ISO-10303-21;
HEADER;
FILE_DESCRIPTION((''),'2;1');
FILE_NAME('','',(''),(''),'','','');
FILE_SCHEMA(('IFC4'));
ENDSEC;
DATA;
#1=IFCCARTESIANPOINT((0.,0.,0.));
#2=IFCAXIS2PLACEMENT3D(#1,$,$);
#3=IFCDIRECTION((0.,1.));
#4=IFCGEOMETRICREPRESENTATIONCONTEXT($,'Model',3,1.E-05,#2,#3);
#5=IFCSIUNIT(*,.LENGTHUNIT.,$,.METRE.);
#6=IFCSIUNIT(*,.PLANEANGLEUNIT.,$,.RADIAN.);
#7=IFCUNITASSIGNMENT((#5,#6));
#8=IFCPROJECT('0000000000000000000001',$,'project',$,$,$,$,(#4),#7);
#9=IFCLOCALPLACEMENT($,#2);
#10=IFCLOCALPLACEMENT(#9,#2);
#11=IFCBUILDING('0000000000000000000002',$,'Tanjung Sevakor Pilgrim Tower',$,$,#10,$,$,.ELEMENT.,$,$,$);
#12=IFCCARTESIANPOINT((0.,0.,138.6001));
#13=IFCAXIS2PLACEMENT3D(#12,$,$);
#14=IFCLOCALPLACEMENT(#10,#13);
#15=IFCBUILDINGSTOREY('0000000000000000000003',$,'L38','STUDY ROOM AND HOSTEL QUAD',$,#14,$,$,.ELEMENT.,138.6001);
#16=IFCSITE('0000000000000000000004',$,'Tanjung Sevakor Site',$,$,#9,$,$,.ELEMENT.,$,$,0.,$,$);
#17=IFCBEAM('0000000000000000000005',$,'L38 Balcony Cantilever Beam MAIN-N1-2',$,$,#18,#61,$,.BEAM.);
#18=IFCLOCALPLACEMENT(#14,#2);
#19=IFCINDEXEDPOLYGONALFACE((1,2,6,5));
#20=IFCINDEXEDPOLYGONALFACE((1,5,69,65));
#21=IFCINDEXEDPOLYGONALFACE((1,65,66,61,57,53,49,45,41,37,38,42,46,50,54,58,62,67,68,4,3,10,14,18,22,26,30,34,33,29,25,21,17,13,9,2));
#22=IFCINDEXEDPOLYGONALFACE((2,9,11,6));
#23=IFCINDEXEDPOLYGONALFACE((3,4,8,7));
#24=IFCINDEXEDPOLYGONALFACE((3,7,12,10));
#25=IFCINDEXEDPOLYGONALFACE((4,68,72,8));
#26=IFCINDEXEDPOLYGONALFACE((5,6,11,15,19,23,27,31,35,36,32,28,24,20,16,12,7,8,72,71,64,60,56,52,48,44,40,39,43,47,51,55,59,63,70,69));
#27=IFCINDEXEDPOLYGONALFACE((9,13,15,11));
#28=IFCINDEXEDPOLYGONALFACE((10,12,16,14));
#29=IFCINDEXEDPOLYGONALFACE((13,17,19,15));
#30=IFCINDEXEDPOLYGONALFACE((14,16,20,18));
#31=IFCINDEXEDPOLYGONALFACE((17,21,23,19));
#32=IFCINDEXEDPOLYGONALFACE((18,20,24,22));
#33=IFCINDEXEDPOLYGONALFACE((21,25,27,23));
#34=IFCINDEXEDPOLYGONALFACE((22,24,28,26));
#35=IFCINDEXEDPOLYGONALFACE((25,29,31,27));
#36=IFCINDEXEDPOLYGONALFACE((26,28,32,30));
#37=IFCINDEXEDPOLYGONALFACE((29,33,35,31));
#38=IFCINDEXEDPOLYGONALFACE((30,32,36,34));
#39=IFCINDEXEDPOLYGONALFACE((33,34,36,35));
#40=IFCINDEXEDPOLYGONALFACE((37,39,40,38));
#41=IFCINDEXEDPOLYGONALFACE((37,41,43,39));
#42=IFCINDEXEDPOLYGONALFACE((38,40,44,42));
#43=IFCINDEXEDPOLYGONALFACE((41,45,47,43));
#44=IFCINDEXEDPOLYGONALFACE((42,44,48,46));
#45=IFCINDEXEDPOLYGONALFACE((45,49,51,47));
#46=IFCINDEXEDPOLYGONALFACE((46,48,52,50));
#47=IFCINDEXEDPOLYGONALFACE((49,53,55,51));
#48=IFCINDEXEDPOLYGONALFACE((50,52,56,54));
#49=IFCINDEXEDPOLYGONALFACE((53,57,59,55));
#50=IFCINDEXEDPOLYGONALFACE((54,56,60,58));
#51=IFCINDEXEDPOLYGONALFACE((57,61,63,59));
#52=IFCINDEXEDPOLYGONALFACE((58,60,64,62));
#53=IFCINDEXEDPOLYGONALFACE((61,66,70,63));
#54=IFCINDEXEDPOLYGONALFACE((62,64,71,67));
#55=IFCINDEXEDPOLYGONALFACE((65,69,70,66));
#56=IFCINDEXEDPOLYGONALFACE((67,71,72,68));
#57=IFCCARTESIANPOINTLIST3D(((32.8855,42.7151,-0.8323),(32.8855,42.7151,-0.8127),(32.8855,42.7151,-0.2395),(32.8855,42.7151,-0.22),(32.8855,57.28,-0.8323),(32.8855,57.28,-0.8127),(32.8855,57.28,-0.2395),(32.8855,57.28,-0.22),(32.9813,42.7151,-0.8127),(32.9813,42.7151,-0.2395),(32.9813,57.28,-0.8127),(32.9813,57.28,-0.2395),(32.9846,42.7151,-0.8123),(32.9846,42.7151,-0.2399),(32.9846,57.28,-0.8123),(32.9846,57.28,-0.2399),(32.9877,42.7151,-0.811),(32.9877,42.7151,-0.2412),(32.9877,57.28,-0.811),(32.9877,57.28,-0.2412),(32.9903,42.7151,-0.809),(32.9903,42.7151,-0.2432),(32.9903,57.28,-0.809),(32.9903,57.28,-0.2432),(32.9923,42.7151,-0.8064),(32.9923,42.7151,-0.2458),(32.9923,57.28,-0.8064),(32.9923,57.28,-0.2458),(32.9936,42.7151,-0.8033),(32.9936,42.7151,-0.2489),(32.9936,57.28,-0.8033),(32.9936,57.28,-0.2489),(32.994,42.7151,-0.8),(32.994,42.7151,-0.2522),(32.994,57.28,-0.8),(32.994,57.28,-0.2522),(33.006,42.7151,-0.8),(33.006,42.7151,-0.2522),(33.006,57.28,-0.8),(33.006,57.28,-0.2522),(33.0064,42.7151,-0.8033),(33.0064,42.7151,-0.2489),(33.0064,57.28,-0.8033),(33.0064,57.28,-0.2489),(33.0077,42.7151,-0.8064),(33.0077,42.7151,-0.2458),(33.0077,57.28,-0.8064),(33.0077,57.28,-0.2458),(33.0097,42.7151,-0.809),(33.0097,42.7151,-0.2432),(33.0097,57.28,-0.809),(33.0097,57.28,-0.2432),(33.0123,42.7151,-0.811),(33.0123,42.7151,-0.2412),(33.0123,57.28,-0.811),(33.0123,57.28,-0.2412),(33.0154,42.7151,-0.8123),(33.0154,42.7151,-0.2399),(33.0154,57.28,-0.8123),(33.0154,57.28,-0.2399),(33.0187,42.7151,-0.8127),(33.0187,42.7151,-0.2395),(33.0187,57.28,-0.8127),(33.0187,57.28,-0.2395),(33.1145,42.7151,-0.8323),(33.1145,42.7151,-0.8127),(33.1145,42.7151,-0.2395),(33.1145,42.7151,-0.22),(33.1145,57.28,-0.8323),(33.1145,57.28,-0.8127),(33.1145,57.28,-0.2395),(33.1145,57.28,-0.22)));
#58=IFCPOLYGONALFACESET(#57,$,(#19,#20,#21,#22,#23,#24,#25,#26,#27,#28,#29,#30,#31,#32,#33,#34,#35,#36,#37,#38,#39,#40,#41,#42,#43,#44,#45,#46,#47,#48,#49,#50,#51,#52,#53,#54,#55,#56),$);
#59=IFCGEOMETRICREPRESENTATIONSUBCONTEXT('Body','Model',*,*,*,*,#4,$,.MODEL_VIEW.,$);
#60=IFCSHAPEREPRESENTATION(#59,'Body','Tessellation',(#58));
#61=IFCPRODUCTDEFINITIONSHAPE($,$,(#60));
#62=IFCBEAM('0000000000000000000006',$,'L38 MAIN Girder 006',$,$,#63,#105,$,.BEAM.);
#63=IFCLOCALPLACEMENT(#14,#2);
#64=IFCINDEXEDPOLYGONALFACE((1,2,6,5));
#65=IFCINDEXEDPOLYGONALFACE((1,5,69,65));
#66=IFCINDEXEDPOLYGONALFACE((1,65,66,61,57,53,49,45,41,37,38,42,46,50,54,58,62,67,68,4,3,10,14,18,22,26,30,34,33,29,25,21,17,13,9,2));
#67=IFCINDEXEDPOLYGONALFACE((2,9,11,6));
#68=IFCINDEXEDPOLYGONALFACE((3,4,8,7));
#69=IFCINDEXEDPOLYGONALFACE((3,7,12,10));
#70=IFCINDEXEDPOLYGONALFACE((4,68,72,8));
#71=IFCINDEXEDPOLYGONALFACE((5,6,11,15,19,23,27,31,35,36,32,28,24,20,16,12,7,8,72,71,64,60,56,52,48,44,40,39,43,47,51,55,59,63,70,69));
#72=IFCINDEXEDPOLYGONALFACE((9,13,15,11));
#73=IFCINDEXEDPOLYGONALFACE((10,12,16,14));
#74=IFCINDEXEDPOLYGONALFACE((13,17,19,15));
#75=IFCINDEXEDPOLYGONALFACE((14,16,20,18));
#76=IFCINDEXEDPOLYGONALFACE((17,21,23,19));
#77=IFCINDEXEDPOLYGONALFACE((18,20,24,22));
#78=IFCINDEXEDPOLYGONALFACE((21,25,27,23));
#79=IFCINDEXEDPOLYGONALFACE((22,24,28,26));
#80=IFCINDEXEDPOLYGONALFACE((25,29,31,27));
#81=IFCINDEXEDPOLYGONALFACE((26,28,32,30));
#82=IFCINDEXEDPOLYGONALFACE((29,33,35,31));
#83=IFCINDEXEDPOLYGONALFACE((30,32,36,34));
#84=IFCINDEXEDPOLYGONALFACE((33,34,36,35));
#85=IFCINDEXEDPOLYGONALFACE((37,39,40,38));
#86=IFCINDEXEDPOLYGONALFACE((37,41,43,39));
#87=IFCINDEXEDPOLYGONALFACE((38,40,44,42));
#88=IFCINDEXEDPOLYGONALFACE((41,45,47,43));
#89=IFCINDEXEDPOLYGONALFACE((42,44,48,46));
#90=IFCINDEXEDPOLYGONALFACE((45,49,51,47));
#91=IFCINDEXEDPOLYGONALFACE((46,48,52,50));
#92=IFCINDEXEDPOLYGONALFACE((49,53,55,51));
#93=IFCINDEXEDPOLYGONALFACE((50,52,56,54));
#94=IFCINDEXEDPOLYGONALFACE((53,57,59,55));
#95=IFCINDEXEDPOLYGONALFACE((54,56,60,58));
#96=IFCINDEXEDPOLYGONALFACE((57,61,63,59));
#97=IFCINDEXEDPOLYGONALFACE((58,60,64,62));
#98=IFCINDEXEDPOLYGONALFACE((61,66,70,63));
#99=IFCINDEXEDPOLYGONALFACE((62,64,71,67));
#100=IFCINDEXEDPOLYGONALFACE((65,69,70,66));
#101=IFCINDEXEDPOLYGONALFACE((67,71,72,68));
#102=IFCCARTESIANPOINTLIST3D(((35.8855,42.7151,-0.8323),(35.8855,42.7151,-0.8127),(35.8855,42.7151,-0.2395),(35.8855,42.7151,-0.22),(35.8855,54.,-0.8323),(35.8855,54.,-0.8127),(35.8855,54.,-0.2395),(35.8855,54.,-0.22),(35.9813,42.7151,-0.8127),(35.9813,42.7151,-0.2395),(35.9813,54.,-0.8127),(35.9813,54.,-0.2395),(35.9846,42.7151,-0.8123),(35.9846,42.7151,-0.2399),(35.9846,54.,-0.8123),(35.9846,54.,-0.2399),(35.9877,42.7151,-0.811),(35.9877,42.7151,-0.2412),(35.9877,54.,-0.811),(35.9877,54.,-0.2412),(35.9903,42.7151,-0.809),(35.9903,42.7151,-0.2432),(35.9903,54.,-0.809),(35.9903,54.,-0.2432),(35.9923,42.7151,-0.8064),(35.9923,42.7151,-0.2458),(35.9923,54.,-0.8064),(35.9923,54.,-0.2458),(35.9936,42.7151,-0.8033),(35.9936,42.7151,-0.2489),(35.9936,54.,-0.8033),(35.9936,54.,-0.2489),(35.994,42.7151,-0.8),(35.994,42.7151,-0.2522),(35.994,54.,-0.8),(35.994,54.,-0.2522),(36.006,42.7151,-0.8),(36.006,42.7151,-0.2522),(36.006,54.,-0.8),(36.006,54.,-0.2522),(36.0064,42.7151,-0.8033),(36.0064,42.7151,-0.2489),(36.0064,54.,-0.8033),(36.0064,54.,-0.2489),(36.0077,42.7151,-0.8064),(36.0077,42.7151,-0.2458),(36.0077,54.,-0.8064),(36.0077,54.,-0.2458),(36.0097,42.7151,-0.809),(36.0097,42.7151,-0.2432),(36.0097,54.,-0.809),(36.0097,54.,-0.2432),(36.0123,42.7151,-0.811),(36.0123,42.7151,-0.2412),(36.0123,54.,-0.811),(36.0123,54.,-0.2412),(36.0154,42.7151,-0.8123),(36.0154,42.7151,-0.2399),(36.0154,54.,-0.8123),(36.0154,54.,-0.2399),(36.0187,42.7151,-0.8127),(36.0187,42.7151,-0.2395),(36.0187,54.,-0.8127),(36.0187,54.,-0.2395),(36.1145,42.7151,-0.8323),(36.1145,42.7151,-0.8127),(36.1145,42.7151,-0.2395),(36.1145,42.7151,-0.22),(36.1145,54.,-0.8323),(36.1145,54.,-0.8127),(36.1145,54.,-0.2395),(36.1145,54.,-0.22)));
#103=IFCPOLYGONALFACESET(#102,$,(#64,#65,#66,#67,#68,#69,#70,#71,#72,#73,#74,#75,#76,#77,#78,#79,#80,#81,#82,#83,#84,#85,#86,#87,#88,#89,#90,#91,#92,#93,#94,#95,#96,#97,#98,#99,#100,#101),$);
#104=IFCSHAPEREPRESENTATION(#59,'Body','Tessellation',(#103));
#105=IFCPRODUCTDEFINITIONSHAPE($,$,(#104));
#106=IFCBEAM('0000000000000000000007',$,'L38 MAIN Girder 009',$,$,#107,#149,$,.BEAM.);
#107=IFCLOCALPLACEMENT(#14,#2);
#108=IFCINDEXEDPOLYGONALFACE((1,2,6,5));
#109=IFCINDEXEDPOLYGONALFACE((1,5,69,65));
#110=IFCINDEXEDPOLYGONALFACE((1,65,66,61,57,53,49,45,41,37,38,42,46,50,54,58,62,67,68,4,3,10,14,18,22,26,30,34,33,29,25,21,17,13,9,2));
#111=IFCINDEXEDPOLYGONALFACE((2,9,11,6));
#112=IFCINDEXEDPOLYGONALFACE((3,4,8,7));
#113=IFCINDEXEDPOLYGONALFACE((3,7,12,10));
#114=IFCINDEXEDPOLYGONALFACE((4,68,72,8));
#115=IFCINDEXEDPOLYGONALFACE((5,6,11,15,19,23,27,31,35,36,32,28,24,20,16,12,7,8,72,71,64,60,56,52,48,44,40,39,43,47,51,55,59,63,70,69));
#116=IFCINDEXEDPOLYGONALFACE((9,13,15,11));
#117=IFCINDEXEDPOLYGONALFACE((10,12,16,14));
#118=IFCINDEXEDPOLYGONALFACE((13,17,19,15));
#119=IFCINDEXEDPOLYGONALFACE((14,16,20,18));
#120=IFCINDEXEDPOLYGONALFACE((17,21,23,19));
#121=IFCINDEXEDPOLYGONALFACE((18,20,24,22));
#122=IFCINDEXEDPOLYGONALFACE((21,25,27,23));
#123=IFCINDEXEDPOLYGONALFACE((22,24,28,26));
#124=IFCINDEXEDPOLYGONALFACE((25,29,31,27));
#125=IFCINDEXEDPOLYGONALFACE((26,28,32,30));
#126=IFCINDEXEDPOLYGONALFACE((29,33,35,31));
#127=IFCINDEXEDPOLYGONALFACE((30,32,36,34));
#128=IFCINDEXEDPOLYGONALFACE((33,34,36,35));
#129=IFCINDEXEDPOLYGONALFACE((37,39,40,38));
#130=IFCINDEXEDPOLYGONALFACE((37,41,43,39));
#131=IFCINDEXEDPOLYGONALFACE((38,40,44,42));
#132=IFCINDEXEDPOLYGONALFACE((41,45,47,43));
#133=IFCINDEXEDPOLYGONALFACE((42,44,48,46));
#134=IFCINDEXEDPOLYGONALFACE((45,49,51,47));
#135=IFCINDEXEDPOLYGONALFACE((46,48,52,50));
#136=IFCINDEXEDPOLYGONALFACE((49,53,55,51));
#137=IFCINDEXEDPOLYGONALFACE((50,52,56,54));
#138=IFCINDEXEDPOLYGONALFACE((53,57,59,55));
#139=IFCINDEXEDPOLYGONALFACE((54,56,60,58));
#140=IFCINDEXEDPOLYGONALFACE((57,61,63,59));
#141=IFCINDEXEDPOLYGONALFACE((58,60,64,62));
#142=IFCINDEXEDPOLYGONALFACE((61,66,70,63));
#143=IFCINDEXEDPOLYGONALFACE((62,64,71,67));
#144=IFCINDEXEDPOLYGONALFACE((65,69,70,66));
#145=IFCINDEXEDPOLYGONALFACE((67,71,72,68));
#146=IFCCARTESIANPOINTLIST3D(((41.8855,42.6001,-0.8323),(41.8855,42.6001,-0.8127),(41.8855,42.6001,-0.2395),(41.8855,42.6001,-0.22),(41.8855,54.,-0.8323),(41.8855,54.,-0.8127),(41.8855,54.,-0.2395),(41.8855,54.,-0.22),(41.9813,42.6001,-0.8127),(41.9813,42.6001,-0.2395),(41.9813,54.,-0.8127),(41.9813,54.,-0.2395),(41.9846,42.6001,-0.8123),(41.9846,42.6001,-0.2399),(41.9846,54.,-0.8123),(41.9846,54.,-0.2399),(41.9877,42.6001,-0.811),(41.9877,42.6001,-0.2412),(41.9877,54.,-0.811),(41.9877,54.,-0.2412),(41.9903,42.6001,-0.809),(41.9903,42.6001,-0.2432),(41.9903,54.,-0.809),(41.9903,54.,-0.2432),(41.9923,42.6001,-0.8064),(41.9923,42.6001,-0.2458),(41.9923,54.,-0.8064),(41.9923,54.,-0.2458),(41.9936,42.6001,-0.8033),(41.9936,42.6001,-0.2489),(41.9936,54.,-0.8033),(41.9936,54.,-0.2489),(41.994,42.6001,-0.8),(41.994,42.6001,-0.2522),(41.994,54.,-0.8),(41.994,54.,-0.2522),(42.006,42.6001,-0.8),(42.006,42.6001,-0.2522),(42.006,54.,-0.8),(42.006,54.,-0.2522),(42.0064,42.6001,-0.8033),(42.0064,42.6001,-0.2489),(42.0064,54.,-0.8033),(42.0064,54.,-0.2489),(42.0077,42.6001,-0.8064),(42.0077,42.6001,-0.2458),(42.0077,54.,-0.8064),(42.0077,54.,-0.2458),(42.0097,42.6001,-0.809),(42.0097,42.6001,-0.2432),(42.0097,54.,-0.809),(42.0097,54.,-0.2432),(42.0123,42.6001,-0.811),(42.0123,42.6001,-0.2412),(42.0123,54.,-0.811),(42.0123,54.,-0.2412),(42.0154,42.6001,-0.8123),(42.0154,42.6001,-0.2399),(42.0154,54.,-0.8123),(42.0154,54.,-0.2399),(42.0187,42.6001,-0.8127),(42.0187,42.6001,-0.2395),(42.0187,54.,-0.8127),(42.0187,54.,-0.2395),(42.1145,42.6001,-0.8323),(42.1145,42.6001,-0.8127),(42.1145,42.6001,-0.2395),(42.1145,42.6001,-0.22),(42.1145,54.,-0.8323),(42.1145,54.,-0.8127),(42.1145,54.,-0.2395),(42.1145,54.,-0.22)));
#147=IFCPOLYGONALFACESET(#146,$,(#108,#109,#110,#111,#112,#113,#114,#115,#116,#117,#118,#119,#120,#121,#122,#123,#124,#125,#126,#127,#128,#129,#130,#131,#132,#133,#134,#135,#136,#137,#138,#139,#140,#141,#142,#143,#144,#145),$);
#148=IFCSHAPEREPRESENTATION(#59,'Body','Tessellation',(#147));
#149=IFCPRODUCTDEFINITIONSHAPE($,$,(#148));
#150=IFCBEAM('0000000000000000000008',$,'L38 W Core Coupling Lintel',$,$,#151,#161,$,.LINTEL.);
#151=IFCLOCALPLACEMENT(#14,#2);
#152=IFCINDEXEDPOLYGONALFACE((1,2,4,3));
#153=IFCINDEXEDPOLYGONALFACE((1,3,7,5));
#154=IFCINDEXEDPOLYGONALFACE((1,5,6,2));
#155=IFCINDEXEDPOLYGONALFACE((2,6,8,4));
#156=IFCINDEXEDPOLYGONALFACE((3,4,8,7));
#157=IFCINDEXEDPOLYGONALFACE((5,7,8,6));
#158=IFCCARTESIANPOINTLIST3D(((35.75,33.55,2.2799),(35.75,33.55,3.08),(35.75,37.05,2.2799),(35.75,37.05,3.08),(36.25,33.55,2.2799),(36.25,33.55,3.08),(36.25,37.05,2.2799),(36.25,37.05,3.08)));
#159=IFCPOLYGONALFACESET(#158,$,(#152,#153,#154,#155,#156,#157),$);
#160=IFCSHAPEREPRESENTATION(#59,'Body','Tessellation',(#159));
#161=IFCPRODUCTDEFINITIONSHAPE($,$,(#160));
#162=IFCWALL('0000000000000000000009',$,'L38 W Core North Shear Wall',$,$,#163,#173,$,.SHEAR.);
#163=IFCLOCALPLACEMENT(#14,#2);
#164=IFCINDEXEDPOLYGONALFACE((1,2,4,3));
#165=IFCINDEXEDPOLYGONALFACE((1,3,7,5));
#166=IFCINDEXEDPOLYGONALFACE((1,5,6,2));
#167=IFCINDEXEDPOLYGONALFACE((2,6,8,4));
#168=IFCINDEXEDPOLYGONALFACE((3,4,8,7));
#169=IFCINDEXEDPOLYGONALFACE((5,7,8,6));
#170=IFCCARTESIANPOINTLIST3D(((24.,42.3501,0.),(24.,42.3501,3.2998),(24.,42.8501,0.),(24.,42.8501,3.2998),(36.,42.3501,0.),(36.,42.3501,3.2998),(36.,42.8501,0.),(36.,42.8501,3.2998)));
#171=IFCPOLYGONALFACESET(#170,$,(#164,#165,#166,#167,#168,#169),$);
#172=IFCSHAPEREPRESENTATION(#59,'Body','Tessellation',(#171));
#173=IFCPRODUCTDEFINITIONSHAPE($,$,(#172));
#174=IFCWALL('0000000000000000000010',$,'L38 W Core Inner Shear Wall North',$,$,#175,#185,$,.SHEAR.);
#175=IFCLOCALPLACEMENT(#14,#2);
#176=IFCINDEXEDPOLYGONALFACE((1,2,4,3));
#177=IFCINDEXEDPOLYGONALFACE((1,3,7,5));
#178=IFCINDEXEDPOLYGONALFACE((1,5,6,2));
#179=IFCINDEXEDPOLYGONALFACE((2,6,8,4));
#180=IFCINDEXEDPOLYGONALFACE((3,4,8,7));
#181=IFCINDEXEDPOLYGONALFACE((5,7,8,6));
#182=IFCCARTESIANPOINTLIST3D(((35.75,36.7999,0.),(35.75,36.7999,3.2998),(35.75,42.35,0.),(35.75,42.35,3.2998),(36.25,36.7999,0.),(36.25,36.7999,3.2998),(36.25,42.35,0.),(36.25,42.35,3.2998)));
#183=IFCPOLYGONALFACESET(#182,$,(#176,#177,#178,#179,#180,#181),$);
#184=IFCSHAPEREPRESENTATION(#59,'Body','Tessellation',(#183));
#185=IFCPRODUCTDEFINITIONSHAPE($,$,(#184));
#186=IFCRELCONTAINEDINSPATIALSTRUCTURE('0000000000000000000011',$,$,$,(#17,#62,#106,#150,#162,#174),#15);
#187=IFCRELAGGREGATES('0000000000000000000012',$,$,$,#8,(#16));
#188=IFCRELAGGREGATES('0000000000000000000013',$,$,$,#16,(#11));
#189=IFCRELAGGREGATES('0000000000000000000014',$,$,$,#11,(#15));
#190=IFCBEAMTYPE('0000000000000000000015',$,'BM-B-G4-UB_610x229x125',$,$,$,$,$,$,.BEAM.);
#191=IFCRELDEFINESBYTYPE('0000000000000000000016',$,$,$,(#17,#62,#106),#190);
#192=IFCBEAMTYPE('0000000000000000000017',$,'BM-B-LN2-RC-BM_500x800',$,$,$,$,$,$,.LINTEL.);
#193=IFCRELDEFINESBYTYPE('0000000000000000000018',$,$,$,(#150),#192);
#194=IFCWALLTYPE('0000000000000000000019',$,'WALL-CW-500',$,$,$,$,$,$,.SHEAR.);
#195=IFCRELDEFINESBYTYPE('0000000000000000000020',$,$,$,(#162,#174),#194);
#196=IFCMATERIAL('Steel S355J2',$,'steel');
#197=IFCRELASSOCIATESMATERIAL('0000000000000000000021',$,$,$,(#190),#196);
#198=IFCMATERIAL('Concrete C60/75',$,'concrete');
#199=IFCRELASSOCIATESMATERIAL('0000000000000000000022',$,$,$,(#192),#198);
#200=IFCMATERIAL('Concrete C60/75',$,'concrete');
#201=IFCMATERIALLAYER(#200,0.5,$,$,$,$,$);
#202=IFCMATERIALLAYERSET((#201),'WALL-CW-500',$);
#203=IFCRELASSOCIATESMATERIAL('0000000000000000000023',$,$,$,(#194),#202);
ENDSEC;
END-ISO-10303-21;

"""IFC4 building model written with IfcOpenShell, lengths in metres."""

from ifc_helpers import new_model, si_unit, direction, frame, frame_2d, origin, origin_2d, place, context, subcontext, project, spatial, rectangle, i_section, extrude, material, layer, layer_set, material_profile, profile_set, type_object, element, save


model = new_model("IFC4")

# Units and contexts
model_context = context("Model", 3, precision=1e-05, world=origin(), true_north=direction((0.0, 1.0)))
body_context = subcontext(model_context, "Body", "Model", "MODEL_VIEW")
ifc_project = project(units=[si_unit("LENGTHUNIT", "METRE"), si_unit("PLANEANGLEUNIT", "RADIAN")], contexts=[model_context])

# Site, building, storey
site_placement = place(None, origin())
site = spatial("IfcSite", under=ifc_project, at=site_placement, Name="Tanjung Sevakor Site", CompositionType="ELEMENT", RefElevation=0.0)
building_placement = place(site_placement, origin())
building = spatial("IfcBuilding", under=site, at=building_placement, Name="Tanjung Sevakor Pilgrim Tower", CompositionType="ELEMENT")
storey_placement = place(building_placement, frame((0.0, 0.0, 138.6001)))
storey = spatial("IfcBuildingStorey", under=building, at=storey_placement, Name="L38", Description="STUDY ROOM AND HOSTEL QUAD", CompositionType="ELEMENT", Elevation=138.6001)

# Beams
ifc_material_1 = material(Name="Steel S355J2", Category="steel")
ifc_material_profile_1 = material_profile(ifc_material_1, i_section(OverallWidth=0.229, OverallDepth=0.6123, WebThickness=0.012, FlangeThickness=0.0195, FilletRadius=0.0127, at=origin_2d()))
ifc_profile_set_1 = profile_set([ifc_material_profile_1], Name="Steel S355J2")
beam_type_1 = type_object("IfcBeamType", Name="BM-B-G4-UB_610x229x125", PredefinedType="BEAM", material=ifc_profile_set_1)
beam_1_placement = place(storey_placement, frame((33.0, 42.7151, -0.5261), z_axis=(0.0, 1.0, 0.0), x_axis=(-1.0, 0.0, 0.0)))
element("IfcBeam", 1, at=beam_1_placement, inside=storey, type_object=beam_type_1, Name="L38 Balcony Cantilever Beam MAIN-N1-2", PredefinedType="BEAM", context=body_context, shape_type="SweptSolid", body=[
    extrude(i_section(OverallWidth=0.229, OverallDepth=0.6123, WebThickness=0.012, FlangeThickness=0.0195, FilletRadius=0.0127, at=origin_2d()), origin(), (0.0, 0.0, 1.0), 14.5649),
])
beam_2_placement = place(storey_placement, frame((36.0, 42.7151, -0.5261), z_axis=(0.0, 1.0, 0.0), x_axis=(-1.0, 0.0, 0.0)))
element("IfcBeam", 2, at=beam_2_placement, inside=storey, type_object=beam_type_1, Name="L38 MAIN Girder 006", PredefinedType="BEAM", context=body_context, shape_type="SweptSolid", body=[
    extrude(i_section(OverallWidth=0.229, OverallDepth=0.6123, WebThickness=0.012, FlangeThickness=0.0195, FilletRadius=0.0127, at=origin_2d()), origin(), (0.0, 0.0, 1.0), 11.2849),
])
beam_3_placement = place(storey_placement, frame((42.0, 42.6001, -0.5261), z_axis=(0.0, 1.0, 0.0), x_axis=(-1.0, 0.0, 0.0)))
element("IfcBeam", 3, at=beam_3_placement, inside=storey, type_object=beam_type_1, Name="L38 MAIN Girder 009", PredefinedType="BEAM", context=body_context, shape_type="SweptSolid", body=[
    extrude(i_section(OverallWidth=0.229, OverallDepth=0.6123, WebThickness=0.012, FlangeThickness=0.0195, FilletRadius=0.0127, at=origin_2d()), origin(), (0.0, 0.0, 1.0), 11.3999),
])
ifc_material_2 = material(Name="Concrete C60/75", Category="concrete")
ifc_material_profile_2 = material_profile(ifc_material_2, rectangle(XDim=0.5, YDim=0.8, at=origin_2d()))
ifc_profile_set_2 = profile_set([ifc_material_profile_2], Name="Concrete C60/75")
beam_type_2 = type_object("IfcBeamType", Name="BM-B-LN2-RC-BM_500x800", PredefinedType="LINTEL", material=ifc_profile_set_2)
beam_4_placement = place(storey_placement, frame((36.0, 33.55, 2.6799), z_axis=(0.0, 1.0, 0.0), x_axis=(-1.0, 0.0, 0.0)))
element("IfcBeam", 4, at=beam_4_placement, inside=storey, type_object=beam_type_2, Name="L38 W Core Coupling Lintel", PredefinedType="LINTEL", context=body_context, shape_type="SweptSolid", body=[
    extrude(rectangle(XDim=0.5, YDim=0.8, at=origin_2d()), origin(), (0.0, 0.0, 1.0), 3.5),
])

# Walls
ifc_material_3 = material(Name="Concrete C60/75", Category="concrete")
ifc_layer_1 = layer(ifc_material_3, 0.5)
ifc_layer_set_1 = layer_set([ifc_layer_1], Name="WALL-CW-500")
wall_type_1 = type_object("IfcWallType", Name="WALL-CW-500", PredefinedType="SHEAR", material=ifc_layer_set_1)
wall_1_placement = place(storey_placement, frame((36.0, 42.6001, 0.0), z_axis=(0.0, 0.0, 1.0), x_axis=(-1.0, 0.0, 0.0)))
element("IfcWall", 5, at=wall_1_placement, inside=storey, type_object=wall_type_1, Name="L38 W Core North Shear Wall", PredefinedType="SHEAR", context=body_context, shape_type="SweptSolid", body=[
    extrude(rectangle(XDim=12.0, YDim=0.5, at=frame_2d((6.0, 0.0))), origin(), (0.0, 0.0, 1.0), 3.2998),
])
wall_2_placement = place(storey_placement, frame((36.0, 36.8, 0.0), z_axis=(0.0, 0.0, 1.0), x_axis=(0.0, 1.0, 0.0)))
element("IfcWall", 6, at=wall_2_placement, inside=storey, type_object=wall_type_1, Name="L38 W Core Inner Shear Wall North", PredefinedType="SHEAR", context=body_context, shape_type="SweptSolid", body=[
    extrude(rectangle(XDim=5.55, YDim=0.5, at=frame_2d((2.7749, 0.0))), origin(), (0.0, 0.0, 1.0), 3.2998),
])

save(model, "model.ifc")
